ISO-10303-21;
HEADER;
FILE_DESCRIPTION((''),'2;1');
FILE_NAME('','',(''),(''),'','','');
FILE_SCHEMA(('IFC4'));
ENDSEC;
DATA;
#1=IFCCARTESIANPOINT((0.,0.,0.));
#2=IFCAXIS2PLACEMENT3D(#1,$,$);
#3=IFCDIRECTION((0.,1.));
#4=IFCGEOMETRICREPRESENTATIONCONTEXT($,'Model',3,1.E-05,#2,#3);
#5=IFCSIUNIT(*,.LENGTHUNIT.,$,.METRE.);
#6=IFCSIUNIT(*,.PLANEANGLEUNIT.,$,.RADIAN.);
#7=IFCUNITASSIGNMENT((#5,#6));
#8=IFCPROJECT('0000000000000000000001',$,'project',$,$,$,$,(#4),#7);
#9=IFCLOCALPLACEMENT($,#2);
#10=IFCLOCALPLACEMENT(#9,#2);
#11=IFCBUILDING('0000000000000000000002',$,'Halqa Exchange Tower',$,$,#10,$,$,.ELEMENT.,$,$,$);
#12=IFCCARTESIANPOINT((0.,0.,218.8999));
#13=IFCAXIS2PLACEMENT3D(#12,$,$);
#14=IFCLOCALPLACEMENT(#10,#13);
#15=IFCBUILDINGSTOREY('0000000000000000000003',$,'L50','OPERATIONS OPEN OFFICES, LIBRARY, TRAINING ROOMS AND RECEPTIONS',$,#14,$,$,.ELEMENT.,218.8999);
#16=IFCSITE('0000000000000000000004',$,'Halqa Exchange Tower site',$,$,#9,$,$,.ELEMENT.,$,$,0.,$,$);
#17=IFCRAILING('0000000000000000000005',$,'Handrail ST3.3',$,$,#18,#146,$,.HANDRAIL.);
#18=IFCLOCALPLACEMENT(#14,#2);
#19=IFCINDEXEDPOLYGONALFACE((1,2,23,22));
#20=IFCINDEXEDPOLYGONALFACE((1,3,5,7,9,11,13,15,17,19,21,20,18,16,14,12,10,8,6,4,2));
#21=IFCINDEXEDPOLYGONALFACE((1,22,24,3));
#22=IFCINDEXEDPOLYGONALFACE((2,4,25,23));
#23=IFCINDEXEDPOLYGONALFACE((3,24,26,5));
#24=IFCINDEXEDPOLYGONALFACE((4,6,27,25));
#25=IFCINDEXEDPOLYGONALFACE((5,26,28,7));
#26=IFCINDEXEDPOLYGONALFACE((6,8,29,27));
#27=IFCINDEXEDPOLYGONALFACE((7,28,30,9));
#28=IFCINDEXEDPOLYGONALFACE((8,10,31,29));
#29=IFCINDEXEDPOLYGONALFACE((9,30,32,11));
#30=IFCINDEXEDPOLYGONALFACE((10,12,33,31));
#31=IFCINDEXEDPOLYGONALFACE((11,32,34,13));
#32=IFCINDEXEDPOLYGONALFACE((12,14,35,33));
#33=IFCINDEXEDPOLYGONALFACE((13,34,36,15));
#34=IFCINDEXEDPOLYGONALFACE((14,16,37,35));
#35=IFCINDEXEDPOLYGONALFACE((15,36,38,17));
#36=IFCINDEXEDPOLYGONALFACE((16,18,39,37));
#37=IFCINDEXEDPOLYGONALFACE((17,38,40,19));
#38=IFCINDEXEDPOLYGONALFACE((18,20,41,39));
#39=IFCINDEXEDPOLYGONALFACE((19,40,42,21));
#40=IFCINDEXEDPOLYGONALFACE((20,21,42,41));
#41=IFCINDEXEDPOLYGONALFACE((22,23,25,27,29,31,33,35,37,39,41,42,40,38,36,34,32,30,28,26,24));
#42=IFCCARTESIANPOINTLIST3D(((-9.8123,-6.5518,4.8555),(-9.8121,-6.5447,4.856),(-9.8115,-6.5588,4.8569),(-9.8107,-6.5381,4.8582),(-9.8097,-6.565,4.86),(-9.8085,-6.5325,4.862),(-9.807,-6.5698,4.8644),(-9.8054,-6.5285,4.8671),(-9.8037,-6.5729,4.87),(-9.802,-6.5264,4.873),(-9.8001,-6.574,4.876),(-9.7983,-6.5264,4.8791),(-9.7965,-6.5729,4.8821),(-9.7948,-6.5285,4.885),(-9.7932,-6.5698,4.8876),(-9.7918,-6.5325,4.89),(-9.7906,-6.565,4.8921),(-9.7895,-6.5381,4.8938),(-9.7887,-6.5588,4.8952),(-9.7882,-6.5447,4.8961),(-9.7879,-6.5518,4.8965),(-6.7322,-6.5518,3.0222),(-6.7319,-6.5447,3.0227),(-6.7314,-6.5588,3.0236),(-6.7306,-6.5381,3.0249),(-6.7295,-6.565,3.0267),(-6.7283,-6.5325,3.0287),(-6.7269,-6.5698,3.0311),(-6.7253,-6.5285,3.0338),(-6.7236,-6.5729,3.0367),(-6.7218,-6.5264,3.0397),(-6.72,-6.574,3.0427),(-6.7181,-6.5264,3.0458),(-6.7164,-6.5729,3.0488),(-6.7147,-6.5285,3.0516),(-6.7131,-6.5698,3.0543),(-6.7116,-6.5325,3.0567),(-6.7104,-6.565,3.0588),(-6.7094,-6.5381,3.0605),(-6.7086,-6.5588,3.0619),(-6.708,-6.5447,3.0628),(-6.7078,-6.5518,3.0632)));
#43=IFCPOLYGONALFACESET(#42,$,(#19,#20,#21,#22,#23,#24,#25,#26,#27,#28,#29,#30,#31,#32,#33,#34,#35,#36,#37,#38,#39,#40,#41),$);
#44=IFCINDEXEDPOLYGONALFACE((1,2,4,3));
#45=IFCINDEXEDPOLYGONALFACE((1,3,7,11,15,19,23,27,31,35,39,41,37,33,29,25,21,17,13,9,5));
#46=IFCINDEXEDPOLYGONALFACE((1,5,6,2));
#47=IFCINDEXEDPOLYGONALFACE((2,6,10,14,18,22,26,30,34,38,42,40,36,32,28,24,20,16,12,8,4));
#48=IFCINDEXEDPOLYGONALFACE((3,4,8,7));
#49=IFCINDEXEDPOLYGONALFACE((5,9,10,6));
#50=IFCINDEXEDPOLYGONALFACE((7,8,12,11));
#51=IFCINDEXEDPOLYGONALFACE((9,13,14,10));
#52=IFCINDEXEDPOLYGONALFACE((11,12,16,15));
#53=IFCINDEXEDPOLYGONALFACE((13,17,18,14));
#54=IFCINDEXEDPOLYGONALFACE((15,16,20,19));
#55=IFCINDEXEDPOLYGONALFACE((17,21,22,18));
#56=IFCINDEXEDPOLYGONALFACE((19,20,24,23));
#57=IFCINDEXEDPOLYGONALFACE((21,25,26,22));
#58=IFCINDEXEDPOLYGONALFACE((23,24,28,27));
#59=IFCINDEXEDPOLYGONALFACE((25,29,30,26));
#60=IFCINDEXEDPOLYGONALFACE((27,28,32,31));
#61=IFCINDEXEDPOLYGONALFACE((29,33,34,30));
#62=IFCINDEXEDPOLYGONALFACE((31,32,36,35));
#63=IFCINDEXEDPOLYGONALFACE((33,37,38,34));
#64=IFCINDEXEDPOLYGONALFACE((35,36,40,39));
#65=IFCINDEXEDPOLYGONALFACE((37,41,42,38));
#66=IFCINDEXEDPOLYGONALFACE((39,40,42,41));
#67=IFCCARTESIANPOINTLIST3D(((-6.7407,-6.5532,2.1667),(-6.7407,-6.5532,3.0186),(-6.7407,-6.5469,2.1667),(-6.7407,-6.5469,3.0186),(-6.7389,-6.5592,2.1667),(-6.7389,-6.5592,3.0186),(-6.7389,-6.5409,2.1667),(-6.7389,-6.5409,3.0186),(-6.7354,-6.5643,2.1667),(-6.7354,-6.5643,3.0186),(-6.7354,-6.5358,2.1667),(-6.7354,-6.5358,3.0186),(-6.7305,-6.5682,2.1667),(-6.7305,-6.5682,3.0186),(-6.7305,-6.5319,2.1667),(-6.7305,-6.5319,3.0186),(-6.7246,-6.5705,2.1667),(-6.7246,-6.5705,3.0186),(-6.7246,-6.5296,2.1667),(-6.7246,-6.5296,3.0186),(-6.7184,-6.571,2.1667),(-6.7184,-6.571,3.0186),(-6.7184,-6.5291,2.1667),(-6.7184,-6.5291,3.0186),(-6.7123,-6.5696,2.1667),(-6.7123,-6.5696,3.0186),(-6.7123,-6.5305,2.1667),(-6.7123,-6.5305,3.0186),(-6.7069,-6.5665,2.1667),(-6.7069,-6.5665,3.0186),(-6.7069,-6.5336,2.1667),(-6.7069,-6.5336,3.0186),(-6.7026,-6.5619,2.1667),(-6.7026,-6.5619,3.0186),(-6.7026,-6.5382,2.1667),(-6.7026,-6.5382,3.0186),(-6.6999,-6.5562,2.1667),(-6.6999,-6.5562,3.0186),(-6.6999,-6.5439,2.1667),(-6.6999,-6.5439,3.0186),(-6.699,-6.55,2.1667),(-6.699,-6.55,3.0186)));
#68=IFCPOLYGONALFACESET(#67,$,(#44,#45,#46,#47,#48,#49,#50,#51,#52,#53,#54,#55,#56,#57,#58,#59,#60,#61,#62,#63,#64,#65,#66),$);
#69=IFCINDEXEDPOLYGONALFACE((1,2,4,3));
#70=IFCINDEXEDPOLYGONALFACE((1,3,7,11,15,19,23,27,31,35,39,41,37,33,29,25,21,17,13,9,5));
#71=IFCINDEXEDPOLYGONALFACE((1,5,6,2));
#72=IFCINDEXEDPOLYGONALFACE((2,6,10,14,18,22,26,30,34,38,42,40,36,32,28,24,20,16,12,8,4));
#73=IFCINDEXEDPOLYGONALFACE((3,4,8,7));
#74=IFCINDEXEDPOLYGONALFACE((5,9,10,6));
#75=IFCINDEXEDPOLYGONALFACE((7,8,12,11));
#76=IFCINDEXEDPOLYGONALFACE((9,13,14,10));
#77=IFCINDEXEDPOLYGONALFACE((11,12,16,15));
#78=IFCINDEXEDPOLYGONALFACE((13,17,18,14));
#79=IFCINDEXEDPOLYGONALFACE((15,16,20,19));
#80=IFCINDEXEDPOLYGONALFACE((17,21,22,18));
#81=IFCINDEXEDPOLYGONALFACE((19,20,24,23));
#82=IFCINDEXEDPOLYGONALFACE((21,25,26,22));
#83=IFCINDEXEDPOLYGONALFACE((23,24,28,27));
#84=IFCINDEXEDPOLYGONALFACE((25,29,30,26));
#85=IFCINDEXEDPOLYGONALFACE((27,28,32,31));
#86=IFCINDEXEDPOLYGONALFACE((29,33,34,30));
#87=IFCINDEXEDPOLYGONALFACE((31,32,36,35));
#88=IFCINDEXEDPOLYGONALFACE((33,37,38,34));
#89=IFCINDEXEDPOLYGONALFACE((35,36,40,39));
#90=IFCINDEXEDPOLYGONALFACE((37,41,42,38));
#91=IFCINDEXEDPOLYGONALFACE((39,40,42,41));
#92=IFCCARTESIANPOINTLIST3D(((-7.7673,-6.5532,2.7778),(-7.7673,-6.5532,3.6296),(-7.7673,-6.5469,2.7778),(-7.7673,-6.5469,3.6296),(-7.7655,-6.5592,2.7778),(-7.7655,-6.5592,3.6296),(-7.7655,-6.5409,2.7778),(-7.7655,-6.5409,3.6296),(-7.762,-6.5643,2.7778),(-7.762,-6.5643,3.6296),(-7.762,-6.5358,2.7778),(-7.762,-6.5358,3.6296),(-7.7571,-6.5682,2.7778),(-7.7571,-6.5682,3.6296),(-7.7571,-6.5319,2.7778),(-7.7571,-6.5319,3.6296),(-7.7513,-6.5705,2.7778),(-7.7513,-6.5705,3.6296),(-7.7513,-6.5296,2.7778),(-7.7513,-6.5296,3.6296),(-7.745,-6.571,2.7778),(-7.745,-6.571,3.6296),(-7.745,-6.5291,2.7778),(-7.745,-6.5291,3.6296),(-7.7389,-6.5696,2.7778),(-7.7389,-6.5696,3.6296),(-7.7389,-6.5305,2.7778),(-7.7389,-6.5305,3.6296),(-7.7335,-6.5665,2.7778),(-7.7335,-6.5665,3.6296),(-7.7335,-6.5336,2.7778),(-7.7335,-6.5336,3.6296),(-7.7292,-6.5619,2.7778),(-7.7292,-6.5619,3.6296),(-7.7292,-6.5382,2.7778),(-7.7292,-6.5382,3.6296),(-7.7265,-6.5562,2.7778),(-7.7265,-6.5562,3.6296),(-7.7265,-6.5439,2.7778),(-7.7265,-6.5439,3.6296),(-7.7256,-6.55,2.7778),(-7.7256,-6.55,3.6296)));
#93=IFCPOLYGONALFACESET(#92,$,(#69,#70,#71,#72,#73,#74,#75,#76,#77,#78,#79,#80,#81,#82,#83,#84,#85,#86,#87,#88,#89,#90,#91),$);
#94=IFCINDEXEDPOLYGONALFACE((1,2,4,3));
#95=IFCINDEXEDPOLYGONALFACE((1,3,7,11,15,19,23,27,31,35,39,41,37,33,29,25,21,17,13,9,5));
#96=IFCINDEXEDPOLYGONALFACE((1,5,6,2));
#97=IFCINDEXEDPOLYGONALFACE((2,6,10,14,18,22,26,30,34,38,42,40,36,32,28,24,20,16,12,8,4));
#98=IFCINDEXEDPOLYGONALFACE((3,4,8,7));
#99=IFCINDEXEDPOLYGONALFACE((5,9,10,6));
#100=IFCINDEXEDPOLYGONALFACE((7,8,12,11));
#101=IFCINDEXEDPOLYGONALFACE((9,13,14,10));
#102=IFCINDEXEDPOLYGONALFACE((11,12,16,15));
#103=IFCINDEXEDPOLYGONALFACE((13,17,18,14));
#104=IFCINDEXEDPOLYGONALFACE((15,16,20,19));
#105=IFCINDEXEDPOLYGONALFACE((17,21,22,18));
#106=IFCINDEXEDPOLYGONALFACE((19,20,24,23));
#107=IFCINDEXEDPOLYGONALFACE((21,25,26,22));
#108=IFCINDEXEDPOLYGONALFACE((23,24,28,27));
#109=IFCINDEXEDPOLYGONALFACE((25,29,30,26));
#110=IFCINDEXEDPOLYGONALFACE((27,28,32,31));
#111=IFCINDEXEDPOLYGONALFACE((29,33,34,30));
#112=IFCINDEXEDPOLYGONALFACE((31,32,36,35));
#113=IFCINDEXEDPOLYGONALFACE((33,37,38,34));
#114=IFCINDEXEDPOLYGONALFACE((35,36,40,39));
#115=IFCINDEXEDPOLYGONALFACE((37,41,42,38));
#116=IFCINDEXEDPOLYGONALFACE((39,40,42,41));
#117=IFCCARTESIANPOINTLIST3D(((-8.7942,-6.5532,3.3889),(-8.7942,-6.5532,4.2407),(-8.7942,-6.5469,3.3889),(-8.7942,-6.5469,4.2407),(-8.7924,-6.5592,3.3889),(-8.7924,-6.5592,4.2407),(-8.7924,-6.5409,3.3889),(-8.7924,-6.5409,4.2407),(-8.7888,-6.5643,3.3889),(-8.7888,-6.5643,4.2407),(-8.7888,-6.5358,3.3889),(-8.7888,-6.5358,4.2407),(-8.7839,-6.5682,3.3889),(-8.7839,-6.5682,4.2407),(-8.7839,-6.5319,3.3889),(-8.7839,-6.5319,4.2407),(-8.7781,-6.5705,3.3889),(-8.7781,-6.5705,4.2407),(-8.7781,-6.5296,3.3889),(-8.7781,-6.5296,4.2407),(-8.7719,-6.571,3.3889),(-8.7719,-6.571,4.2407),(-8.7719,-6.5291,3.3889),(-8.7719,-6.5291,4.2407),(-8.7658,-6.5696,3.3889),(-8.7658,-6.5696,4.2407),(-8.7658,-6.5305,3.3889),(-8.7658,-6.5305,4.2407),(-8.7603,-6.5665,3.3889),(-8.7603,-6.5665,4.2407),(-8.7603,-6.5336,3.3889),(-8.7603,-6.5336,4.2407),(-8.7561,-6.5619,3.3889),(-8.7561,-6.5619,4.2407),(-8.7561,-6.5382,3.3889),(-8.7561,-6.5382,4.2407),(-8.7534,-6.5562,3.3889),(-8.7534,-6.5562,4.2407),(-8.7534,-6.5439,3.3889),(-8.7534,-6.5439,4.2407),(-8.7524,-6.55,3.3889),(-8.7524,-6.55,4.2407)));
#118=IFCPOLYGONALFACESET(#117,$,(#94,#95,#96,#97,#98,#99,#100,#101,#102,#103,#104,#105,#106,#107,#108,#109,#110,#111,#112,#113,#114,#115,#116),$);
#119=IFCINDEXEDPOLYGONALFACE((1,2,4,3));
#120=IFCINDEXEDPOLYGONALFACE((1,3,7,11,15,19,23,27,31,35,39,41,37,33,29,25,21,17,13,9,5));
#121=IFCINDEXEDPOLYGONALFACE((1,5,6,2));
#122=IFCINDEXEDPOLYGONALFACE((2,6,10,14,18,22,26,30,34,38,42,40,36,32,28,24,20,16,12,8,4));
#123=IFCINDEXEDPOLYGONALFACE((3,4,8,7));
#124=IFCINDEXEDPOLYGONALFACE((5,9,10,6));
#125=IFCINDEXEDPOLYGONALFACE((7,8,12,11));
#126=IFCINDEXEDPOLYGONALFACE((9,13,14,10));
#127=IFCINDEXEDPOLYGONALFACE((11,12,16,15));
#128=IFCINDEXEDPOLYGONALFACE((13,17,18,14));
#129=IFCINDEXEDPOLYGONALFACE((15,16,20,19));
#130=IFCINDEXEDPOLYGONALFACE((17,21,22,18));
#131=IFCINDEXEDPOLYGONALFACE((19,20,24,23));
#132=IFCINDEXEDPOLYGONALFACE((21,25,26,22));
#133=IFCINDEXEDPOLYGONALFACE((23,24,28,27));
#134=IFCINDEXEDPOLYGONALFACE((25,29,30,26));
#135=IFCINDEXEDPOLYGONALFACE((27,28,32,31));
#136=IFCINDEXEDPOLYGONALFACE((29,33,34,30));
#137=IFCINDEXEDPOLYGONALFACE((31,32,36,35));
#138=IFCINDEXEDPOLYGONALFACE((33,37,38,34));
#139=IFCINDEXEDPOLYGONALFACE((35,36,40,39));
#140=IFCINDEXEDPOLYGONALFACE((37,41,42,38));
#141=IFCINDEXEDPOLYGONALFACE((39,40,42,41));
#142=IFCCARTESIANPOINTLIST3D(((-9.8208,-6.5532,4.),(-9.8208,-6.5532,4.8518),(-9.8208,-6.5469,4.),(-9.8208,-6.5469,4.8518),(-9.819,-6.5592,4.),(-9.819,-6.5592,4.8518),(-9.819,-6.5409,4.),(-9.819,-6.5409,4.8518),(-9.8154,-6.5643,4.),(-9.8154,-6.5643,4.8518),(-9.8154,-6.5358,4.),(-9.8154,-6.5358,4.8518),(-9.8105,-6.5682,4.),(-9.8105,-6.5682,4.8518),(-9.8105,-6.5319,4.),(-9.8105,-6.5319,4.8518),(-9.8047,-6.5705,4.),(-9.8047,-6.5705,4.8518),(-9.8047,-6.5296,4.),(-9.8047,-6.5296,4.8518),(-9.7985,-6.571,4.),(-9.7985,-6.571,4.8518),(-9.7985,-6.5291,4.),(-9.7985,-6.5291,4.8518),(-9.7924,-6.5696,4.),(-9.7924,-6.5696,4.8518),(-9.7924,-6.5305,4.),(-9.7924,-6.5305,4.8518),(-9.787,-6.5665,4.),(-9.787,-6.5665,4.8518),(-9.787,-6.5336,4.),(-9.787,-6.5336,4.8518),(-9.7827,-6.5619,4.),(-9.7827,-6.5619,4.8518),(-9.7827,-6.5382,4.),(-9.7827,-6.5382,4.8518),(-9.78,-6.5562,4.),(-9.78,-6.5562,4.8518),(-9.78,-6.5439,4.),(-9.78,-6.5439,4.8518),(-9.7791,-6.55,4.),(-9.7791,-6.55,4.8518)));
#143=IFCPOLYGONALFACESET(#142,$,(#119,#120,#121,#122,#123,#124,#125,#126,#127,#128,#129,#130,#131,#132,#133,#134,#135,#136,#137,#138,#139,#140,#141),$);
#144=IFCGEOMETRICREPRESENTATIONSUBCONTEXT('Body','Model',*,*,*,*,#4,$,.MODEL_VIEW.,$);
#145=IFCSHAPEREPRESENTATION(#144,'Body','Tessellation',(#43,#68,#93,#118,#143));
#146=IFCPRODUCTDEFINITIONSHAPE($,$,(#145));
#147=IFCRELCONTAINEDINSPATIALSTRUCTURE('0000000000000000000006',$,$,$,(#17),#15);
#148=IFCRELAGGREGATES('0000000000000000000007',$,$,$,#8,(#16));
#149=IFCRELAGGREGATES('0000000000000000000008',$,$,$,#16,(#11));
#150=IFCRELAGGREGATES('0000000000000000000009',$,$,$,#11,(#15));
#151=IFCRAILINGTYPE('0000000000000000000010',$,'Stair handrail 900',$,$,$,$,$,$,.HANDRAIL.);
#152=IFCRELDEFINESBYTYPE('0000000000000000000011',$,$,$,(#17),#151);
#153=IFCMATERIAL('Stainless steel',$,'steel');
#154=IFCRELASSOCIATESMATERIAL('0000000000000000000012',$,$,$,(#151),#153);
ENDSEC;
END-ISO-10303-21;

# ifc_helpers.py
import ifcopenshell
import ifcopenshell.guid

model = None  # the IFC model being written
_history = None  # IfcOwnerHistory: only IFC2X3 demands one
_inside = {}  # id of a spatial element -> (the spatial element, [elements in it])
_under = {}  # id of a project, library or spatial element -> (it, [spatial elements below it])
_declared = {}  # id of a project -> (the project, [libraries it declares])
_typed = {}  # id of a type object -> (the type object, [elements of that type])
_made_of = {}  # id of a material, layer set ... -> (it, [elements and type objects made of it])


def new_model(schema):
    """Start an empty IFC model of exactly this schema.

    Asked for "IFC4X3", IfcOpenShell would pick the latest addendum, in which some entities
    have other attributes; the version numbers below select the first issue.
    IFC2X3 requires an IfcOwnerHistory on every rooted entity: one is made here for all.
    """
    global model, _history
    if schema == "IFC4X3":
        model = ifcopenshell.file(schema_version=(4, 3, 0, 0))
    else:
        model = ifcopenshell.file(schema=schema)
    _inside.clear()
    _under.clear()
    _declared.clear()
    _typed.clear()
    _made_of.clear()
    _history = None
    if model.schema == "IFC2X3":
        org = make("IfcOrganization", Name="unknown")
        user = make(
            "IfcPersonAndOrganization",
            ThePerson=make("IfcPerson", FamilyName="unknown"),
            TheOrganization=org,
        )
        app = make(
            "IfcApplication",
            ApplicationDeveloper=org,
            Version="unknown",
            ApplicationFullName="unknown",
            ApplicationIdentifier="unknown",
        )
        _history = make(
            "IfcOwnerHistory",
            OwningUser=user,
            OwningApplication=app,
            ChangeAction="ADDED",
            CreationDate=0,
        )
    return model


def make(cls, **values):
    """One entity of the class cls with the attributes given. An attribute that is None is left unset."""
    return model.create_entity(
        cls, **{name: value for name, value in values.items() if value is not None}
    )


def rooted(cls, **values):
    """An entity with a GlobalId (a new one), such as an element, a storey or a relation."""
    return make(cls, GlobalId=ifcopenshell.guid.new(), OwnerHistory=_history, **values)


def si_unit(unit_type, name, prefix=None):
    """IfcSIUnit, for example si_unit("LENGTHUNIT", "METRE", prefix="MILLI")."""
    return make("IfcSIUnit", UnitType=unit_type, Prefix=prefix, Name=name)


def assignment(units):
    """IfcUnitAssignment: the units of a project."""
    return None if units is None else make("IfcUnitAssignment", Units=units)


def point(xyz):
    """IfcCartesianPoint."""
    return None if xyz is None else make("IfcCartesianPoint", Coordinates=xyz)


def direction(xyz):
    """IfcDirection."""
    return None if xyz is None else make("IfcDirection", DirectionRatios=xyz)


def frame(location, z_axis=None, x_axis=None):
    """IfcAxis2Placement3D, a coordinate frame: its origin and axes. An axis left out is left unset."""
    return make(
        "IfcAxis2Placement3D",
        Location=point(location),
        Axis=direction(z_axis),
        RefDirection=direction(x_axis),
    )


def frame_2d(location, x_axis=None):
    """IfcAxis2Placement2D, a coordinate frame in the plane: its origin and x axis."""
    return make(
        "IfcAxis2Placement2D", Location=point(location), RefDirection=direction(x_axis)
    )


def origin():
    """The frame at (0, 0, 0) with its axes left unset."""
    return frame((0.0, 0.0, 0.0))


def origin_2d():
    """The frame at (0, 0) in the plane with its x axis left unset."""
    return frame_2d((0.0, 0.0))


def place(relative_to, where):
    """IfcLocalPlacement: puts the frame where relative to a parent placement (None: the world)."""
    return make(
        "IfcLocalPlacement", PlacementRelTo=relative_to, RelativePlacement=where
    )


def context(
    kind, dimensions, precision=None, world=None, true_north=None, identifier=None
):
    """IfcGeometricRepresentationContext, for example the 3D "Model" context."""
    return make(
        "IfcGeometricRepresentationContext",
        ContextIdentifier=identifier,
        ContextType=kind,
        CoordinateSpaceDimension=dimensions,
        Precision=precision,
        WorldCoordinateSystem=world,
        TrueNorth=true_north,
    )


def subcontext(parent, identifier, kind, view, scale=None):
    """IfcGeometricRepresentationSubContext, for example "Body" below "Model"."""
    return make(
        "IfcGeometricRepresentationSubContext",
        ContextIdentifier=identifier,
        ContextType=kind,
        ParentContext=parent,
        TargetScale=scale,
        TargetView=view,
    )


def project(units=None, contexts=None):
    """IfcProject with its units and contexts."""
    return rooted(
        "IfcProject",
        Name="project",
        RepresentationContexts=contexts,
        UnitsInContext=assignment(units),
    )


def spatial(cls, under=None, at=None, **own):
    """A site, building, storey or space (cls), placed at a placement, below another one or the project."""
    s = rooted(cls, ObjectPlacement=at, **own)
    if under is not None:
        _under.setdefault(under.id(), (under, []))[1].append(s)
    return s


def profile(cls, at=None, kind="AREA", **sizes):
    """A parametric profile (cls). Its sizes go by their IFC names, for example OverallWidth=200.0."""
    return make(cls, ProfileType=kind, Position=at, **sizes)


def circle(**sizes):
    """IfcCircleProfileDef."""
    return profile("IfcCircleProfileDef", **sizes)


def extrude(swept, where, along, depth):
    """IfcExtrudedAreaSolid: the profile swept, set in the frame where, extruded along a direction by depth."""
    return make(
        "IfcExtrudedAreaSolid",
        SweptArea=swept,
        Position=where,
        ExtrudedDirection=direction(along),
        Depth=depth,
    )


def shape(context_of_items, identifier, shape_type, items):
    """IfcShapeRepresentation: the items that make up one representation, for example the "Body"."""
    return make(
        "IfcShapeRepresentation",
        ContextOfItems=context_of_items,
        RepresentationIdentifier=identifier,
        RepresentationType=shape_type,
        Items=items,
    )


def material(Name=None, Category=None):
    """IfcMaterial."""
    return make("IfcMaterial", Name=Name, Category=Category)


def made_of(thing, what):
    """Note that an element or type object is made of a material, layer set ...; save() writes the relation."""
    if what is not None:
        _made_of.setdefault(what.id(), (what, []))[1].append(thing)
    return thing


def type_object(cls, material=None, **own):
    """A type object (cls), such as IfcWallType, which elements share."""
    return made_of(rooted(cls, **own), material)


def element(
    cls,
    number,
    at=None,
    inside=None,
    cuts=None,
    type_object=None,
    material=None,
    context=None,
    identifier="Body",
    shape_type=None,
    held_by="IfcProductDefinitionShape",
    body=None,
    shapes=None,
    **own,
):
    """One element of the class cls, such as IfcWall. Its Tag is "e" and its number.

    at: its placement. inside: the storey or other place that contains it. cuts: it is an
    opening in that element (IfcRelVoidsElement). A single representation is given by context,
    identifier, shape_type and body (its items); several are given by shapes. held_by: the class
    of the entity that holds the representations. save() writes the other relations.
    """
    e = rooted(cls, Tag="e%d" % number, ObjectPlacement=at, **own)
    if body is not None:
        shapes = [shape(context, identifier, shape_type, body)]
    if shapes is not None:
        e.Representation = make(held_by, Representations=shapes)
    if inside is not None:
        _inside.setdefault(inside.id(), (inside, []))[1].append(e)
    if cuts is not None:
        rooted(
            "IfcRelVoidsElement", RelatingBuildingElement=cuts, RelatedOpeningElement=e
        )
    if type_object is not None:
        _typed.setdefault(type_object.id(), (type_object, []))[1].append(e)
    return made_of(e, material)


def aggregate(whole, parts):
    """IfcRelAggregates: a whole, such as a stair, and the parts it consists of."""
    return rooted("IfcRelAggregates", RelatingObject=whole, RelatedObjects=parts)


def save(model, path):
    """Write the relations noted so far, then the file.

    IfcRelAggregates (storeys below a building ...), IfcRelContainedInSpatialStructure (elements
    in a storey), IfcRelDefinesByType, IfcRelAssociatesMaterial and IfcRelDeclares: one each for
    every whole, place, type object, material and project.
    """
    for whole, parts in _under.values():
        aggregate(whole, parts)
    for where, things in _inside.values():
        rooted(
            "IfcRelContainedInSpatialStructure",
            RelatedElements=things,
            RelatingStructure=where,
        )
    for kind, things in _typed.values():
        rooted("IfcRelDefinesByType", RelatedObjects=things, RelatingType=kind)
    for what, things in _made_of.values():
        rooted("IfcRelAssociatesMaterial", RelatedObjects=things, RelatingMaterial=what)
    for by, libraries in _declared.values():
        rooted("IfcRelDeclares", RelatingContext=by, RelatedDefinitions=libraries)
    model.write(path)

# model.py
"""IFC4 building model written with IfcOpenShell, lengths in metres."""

from ifc_helpers import new_model, si_unit, direction, frame, origin, origin_2d, place, context, subcontext, project, spatial, circle, extrude, material, type_object, element, save


model = new_model("IFC4")

# Units and contexts
model_context = context("Model", 3, precision=1e-05, world=origin(), true_north=direction((0.0, 1.0)))
body_context = subcontext(model_context, "Body", "Model", "MODEL_VIEW")
ifc_project = project(units=[si_unit("LENGTHUNIT", "METRE"), si_unit("PLANEANGLEUNIT", "RADIAN")], contexts=[model_context])

# Site, building, storey
site_placement = place(None, origin())
site = spatial("IfcSite", under=ifc_project, at=site_placement, Name="Halqa Exchange Tower site", CompositionType="ELEMENT", RefElevation=0.0)
building_placement = place(site_placement, origin())
building = spatial("IfcBuilding", under=site, at=building_placement, Name="Halqa Exchange Tower", CompositionType="ELEMENT")
storey_placement = place(building_placement, frame((0.0, 0.0, 218.8999)))
storey = spatial("IfcBuildingStorey", under=building, at=storey_placement, Name="L50", Description="OPERATIONS OPEN OFFICES, LIBRARY, TRAINING ROOMS AND RECEPTIONS", CompositionType="ELEMENT", Elevation=218.8999)

# Shared definitions
ifc_material_1 = material(Name="Stainless steel", Category="steel")

# Railing
railing_type_1 = type_object("IfcRailingType", Name="Stair handrail 900", PredefinedType="HANDRAIL", material=ifc_material_1)
railing_1_placement = place(storey_placement, frame((-6.72, -6.55, 2.1667)))
element("IfcRailing", 1, at=railing_1_placement, inside=storey, type_object=railing_type_1, Name="Handrail ST3.3", PredefinedType="HANDRAIL", context=body_context, shape_type="SweptSolid", body=[
    extrude(circle(Radius=0.0239, at=origin_2d()), frame((0.0, 0.0, 0.876), z_axis=(-0.859309, 0.0, 0.511458), x_axis=(0.0, -1.0, 0.0)), (0.0, 0.0, 1.0), 3.5845),
    extrude(circle(Radius=0.021, at=origin_2d()), origin(), (0.0, 0.0, 1.0), 0.8518),
    extrude(circle(Radius=0.021, at=origin_2d()), frame((-1.0266, 0.0, 0.6111)), (0.0, 0.0, 1.0), 0.8518),
    extrude(circle(Radius=0.021, at=origin_2d()), frame((-2.0535, 0.0, 1.2222)), (0.0, 0.0, 1.0), 0.8518),
    extrude(circle(Radius=0.021, at=origin_2d()), frame((-3.0801, 0.0, 1.8333)), (0.0, 0.0, 1.0), 0.8518),
])

save(model, "model.ifc")
